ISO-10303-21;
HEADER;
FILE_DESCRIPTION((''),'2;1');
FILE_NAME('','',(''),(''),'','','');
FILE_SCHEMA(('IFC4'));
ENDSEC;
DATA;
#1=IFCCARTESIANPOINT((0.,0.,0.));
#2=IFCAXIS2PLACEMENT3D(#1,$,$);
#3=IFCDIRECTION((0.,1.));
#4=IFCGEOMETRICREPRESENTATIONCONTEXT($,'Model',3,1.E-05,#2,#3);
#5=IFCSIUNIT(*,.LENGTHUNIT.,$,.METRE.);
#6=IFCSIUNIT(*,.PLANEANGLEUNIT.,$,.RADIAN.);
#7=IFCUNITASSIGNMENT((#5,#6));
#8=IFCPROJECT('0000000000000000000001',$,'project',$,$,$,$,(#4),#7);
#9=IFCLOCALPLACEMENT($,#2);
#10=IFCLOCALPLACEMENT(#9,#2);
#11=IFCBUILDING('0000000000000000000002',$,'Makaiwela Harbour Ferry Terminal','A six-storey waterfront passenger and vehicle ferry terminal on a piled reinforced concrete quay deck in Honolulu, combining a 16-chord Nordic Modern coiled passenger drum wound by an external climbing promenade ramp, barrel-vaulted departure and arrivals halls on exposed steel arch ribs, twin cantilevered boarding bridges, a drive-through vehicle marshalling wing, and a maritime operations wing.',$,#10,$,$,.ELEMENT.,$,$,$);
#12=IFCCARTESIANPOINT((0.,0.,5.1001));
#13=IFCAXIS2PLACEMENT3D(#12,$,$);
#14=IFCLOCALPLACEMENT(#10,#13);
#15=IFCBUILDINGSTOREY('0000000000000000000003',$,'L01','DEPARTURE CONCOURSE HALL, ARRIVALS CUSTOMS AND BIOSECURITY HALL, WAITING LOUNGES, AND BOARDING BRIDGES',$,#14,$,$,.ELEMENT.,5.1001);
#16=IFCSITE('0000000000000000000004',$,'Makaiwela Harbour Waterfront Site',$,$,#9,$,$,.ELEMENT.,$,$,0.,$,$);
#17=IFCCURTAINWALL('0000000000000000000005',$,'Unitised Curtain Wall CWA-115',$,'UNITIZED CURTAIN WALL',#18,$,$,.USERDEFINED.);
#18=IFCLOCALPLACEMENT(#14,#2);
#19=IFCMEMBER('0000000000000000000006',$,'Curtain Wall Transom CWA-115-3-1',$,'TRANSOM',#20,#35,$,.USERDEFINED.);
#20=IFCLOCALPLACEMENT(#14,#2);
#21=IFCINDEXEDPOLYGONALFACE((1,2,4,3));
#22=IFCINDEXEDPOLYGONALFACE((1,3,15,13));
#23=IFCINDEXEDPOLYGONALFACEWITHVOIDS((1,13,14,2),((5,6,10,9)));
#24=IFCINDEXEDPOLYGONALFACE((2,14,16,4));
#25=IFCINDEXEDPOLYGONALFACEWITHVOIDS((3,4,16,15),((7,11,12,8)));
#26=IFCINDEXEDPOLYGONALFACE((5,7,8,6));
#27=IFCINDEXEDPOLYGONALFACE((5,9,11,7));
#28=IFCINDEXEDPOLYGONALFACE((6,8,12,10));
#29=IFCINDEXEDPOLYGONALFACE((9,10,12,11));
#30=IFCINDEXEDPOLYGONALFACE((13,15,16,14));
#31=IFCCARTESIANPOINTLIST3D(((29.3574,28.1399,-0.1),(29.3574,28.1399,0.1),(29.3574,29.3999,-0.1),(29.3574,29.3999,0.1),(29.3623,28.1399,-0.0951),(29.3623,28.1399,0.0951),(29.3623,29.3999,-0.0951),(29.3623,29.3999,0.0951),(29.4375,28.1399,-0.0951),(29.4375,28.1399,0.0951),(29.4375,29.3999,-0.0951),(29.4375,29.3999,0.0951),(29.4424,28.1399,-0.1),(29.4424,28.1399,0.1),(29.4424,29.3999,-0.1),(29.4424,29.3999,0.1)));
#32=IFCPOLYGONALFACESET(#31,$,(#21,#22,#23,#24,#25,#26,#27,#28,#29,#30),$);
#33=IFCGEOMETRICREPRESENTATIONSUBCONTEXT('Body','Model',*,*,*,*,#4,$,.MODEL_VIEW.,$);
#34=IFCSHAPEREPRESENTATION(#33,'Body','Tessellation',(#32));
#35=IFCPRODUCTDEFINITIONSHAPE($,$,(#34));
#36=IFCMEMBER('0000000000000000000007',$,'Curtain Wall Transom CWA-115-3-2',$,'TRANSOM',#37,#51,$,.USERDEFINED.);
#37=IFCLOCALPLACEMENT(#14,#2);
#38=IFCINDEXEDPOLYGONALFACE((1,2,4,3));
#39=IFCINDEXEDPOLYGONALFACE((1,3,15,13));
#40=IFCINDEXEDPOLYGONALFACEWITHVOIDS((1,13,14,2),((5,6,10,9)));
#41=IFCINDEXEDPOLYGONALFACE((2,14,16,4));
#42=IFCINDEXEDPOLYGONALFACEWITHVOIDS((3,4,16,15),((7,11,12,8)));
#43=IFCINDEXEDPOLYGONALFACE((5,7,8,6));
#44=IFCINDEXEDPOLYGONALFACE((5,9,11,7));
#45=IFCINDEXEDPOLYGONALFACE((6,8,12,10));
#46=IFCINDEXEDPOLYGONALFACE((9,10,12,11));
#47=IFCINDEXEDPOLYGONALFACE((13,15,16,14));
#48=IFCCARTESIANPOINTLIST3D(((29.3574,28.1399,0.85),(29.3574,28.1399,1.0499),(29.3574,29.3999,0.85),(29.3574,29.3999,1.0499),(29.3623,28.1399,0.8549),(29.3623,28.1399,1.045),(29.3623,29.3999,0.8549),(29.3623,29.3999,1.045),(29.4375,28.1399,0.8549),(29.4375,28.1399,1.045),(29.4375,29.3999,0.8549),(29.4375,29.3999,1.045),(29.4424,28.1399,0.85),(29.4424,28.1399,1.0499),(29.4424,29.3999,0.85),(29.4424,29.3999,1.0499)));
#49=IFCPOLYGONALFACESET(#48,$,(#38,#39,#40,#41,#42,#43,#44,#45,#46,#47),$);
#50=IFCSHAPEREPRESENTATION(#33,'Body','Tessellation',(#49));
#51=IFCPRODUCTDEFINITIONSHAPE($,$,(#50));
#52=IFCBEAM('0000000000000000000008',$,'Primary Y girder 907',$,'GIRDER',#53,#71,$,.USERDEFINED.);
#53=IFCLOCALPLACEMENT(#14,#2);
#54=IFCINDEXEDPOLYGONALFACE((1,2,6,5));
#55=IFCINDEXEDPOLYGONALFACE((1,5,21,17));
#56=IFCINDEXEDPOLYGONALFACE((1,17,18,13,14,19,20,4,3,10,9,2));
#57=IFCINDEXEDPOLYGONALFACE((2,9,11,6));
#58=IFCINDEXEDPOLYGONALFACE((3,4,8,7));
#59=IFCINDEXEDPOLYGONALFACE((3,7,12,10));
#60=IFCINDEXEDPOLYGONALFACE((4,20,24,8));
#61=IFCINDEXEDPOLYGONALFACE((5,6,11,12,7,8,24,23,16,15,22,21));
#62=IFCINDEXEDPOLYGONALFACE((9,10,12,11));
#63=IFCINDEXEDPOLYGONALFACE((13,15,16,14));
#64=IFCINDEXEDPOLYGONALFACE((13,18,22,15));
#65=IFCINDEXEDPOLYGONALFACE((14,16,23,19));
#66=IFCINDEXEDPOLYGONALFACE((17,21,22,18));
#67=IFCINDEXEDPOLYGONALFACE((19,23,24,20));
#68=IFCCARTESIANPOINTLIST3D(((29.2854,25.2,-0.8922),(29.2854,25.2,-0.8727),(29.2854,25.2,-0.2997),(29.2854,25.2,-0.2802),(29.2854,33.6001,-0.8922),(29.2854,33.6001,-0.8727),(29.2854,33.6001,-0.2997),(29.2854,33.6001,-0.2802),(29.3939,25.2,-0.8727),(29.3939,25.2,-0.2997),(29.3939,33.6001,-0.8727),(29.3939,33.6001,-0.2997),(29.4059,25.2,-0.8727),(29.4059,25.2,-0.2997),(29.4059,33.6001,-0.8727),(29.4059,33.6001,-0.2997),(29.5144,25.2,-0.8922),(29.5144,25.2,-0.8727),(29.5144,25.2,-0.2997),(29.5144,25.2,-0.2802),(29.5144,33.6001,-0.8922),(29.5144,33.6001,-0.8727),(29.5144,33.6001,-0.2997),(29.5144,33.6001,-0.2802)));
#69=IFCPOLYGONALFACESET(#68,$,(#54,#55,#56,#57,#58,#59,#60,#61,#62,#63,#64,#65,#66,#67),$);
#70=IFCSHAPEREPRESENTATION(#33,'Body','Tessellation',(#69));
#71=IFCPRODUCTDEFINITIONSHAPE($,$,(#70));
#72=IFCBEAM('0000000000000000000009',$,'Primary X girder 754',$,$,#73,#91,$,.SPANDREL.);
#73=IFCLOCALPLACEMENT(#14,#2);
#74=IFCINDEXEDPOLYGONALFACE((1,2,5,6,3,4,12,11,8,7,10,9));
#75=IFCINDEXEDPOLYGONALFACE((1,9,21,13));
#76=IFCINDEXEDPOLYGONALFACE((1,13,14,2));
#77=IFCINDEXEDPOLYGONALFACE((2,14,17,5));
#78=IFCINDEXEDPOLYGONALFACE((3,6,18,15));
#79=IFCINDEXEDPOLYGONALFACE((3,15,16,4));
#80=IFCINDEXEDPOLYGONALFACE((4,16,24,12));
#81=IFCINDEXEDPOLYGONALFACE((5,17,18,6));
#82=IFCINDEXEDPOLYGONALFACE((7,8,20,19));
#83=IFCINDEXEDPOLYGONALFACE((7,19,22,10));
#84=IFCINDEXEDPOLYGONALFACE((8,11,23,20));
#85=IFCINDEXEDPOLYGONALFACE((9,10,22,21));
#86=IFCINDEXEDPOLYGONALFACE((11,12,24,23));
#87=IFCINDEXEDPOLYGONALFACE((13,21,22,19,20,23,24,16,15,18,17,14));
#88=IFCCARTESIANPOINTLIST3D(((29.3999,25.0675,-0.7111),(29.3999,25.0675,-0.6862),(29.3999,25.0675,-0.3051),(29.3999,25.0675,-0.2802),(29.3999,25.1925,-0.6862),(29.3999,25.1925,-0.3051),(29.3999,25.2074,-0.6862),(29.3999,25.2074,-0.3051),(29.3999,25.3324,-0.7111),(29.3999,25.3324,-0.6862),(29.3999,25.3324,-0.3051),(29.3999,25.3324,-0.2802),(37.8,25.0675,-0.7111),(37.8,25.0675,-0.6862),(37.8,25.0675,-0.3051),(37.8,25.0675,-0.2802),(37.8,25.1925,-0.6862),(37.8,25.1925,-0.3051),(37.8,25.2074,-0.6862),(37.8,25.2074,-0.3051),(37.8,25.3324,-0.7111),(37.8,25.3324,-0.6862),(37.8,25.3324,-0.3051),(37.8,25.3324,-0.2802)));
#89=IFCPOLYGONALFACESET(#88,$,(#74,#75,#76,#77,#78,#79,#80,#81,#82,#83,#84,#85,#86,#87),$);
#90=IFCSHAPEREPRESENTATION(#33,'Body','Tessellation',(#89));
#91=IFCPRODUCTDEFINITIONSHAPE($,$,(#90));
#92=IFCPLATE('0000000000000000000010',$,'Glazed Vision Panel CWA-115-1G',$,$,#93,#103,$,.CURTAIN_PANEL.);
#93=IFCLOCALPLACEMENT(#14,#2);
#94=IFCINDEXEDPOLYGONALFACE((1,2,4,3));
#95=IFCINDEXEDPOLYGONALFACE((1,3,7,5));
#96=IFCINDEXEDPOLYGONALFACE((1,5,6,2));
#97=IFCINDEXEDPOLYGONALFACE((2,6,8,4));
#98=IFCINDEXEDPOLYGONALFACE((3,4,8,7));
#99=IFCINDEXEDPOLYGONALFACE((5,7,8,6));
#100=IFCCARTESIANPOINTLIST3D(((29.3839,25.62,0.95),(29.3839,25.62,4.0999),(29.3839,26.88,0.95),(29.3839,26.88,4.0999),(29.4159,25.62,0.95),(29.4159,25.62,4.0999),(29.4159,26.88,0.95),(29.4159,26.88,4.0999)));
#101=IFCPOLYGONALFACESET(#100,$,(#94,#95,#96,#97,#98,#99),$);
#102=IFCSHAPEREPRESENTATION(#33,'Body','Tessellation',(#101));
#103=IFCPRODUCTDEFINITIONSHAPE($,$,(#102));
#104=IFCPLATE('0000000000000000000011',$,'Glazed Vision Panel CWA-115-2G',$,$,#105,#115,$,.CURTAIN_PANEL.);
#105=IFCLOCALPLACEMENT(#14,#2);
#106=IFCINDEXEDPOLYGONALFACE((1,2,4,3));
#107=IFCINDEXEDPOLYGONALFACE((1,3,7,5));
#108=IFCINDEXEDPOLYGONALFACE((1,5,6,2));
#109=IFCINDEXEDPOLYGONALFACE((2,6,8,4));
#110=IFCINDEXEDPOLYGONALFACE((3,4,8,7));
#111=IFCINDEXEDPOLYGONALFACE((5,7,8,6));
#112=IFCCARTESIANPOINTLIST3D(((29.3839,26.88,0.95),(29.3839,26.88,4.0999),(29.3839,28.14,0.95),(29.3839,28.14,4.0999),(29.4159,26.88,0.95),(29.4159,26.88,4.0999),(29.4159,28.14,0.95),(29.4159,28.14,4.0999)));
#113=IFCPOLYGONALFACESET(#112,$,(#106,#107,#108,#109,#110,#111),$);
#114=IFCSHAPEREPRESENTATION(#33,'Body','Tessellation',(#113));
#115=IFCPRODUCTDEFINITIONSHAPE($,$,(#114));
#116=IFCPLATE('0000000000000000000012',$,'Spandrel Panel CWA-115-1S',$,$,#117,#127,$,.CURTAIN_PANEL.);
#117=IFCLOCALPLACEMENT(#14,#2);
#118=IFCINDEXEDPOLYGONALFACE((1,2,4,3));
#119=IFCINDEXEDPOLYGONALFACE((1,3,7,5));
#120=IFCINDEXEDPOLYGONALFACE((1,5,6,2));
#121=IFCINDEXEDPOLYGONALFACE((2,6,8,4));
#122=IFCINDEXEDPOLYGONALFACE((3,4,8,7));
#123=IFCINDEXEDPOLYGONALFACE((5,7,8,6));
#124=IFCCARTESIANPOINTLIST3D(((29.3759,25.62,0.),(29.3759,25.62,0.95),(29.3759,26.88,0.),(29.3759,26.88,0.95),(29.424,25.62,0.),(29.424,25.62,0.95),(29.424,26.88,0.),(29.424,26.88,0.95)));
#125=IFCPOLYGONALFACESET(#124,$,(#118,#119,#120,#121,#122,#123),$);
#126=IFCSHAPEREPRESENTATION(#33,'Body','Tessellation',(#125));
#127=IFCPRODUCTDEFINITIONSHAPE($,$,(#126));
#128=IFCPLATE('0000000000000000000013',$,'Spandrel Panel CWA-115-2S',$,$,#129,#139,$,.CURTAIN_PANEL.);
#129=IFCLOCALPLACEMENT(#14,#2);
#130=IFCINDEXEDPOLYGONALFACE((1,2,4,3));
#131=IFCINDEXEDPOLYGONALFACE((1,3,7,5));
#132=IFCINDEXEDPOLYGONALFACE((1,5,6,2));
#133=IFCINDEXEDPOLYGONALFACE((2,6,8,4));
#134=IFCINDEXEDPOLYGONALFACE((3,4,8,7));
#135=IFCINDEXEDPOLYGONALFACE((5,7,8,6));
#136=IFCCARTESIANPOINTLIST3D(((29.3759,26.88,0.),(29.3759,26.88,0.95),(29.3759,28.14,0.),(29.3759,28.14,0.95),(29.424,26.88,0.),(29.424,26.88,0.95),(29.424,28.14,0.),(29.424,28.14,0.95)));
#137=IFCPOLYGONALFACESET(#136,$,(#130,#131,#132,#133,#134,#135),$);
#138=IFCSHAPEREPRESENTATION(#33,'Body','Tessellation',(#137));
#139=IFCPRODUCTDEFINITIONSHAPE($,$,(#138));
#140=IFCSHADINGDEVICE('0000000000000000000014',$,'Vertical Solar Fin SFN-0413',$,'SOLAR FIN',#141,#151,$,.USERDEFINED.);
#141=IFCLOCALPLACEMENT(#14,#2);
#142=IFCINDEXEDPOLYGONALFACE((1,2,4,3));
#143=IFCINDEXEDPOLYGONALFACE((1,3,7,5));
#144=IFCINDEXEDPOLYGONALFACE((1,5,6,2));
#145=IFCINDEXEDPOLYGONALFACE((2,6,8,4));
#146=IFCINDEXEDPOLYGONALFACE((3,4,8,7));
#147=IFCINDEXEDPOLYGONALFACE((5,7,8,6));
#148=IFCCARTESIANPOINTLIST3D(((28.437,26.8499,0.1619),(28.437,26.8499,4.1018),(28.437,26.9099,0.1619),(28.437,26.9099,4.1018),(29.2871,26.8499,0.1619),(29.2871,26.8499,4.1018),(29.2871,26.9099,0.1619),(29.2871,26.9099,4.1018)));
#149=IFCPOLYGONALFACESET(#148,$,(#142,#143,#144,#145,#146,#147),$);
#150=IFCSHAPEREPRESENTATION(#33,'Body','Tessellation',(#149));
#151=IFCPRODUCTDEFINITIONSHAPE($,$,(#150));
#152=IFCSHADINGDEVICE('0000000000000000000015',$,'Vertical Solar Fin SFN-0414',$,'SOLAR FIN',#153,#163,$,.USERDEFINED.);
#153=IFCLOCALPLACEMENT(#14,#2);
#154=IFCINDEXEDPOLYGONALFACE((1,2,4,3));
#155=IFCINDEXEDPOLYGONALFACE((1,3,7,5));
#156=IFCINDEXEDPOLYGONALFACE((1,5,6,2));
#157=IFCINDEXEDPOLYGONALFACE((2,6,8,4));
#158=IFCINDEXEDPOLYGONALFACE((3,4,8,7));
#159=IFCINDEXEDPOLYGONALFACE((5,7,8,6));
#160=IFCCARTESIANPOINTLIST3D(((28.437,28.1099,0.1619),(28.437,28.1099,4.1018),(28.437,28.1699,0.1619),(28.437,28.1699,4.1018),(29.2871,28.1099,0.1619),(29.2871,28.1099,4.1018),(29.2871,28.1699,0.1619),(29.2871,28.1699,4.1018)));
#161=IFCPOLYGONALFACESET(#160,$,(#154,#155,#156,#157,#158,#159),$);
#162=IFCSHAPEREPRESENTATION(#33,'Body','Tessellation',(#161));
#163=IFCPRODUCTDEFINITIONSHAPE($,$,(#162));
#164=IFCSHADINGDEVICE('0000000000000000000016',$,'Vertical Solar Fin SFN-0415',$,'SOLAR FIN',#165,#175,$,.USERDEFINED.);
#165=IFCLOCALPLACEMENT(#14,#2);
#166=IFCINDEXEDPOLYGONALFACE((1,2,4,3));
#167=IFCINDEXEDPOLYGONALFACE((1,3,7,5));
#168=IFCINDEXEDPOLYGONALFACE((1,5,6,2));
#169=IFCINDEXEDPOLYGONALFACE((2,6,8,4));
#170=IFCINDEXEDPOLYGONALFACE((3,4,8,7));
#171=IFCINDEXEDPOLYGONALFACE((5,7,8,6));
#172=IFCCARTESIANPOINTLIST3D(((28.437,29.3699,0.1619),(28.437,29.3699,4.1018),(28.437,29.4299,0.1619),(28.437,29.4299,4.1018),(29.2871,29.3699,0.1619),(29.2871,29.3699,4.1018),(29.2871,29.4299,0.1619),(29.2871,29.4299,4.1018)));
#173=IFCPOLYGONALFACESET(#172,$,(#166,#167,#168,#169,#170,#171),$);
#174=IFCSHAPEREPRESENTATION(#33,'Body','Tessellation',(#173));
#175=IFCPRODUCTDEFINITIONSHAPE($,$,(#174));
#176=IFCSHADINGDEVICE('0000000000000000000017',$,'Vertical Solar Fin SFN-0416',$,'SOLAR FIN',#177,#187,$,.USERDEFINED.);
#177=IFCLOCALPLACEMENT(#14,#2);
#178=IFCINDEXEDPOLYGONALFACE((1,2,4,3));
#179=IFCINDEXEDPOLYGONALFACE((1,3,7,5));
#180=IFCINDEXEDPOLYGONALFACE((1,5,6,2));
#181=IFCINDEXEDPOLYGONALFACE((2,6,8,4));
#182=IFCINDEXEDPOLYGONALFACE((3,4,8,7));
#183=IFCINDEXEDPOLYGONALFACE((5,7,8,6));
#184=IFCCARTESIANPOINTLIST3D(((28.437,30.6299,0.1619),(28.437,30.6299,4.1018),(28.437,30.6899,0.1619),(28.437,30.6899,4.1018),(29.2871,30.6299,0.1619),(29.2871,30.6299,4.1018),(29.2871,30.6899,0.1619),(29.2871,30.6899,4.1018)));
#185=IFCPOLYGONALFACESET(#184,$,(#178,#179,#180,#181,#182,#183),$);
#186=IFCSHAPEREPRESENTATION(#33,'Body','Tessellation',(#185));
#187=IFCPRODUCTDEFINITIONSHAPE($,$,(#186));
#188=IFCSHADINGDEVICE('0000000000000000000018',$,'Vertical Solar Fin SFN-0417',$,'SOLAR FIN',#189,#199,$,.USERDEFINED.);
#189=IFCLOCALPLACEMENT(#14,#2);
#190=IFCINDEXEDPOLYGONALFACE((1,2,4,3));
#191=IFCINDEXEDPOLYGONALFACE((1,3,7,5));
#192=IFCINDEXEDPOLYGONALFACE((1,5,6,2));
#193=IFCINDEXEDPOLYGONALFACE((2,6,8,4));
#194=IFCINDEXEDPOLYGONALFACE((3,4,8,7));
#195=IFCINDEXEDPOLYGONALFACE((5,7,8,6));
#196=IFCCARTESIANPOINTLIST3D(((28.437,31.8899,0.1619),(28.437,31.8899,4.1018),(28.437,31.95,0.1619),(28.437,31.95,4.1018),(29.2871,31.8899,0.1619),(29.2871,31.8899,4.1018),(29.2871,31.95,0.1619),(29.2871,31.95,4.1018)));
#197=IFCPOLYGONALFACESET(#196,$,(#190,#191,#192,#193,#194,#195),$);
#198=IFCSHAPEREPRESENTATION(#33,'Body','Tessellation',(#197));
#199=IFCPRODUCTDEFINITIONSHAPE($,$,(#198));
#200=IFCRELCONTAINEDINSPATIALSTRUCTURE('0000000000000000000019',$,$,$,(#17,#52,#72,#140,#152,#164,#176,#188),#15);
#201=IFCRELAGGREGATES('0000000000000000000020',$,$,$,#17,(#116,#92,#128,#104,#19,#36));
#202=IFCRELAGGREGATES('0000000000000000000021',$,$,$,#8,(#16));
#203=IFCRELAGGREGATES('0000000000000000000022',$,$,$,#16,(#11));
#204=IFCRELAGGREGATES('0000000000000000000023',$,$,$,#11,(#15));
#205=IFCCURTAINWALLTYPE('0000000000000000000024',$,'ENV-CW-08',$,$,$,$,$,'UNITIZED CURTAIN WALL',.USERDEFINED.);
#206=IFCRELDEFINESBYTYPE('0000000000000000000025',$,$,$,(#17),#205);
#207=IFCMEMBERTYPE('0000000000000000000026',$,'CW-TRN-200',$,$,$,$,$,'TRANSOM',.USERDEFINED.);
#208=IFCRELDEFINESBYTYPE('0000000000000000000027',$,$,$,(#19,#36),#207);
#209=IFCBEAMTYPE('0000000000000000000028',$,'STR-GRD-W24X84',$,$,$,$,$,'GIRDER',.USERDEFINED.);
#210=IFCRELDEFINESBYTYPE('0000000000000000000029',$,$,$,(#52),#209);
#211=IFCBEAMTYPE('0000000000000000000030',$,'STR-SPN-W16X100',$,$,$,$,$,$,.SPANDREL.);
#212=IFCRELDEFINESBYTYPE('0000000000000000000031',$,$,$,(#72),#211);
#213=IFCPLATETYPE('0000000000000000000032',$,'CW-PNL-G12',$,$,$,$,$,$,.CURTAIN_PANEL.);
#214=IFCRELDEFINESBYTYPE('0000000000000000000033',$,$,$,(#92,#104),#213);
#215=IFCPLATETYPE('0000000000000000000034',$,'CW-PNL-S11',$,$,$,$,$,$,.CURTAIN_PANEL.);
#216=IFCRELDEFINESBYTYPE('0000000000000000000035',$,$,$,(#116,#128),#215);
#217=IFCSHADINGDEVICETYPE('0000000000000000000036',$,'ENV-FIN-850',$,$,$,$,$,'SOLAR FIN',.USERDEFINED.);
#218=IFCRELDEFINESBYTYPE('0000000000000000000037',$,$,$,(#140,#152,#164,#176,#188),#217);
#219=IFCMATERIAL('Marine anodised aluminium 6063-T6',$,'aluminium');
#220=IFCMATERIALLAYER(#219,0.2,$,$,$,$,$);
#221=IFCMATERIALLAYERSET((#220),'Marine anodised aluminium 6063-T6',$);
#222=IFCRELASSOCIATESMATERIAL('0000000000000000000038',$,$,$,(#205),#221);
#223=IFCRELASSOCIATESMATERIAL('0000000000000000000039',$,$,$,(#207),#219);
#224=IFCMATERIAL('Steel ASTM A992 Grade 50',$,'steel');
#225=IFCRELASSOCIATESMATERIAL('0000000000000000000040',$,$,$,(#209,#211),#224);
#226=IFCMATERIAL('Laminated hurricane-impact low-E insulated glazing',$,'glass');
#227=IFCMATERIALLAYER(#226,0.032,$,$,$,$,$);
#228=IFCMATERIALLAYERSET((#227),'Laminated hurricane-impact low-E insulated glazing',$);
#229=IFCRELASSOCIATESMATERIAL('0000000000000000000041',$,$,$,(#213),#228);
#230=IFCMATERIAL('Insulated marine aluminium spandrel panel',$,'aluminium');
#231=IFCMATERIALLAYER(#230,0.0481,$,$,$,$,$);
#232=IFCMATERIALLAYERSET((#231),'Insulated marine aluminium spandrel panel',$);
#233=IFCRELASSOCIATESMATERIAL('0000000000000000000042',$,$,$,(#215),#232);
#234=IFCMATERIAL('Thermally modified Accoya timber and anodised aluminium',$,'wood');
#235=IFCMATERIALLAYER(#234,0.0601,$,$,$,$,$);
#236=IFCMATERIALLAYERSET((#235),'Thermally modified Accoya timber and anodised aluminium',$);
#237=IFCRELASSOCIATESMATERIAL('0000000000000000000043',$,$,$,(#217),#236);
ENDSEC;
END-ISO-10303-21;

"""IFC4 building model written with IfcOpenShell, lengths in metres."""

from ifc_helpers import new_model, si_unit, direction, frame, origin, origin_2d, place, context, subcontext, project, spatial, rectangle, hollow_rectangle, i_section, extrude, material, layer, layer_set, material_profile, profile_set, type_object, element, aggregate, save


model = new_model("IFC4")

# Units and contexts
model_context = context("Model", 3, precision=1e-05, world=origin(), true_north=direction((0.0, 1.0)))
body_context = subcontext(model_context, "Body", "Model", "MODEL_VIEW")
ifc_project = project(units=[si_unit("LENGTHUNIT", "METRE"), si_unit("PLANEANGLEUNIT", "RADIAN")], contexts=[model_context])

# Site, building, storey
site_placement = place(None, origin())
site = spatial("IfcSite", under=ifc_project, at=site_placement, Name="Makaiwela Harbour Waterfront Site", CompositionType="ELEMENT", RefElevation=0.0)
building_placement = place(site_placement, origin())
building = spatial("IfcBuilding", under=site, at=building_placement, Name="Makaiwela Harbour Ferry Terminal", Description="A six-storey waterfront passenger and vehicle ferry terminal on a piled reinforced concrete quay deck in Honolulu, combining a 16-chord Nordic Modern coiled passenger drum wound by an external climbing promenade ramp, barrel-vaulted departure and arrivals halls on exposed steel arch ribs, twin cantilevered boarding bridges, a drive-through vehicle marshalling wing, and a maritime operations wing.", CompositionType="ELEMENT")
storey_placement = place(building_placement, frame((0.0, 0.0, 5.1001)))
storey = spatial("IfcBuildingStorey", under=building, at=storey_placement, Name="L01", Description="DEPARTURE CONCOURSE HALL, ARRIVALS CUSTOMS AND BIOSECURITY HALL, WAITING LOUNGES, AND BOARDING BRIDGES", CompositionType="ELEMENT", Elevation=5.1001)

# Shared definitions
ifc_material_1 = material(Name="Steel ASTM A992 Grade 50", Category="steel")

# Curtain wall, members
ifc_material_2 = material(Name="Marine anodised aluminium 6063-T6", Category="aluminium")
ifc_layer_1 = layer(ifc_material_2, 0.2)
ifc_layer_set_1 = layer_set([ifc_layer_1], Name="Marine anodised aluminium 6063-T6")
curtain_wall_type = type_object("IfcCurtainWallType", Name="ENV-CW-08", ElementType="UNITIZED CURTAIN WALL", PredefinedType="USERDEFINED", material=ifc_layer_set_1)
curtain_wall_placement = place(storey_placement, origin())
curtain_wall = element("IfcCurtainWall", 1, at=curtain_wall_placement, inside=storey, type_object=curtain_wall_type, Name="Unitised Curtain Wall CWA-115", ObjectType="UNITIZED CURTAIN WALL", PredefinedType="USERDEFINED")
ifc_material_profile_1 = material_profile(ifc_material_2, hollow_rectangle(XDim=0.085, YDim=0.2, WallThickness=0.0049, at=origin_2d()), Name="CWT-200X85")
ifc_profile_set_1 = profile_set([ifc_material_profile_1], Name="Marine anodised aluminium 6063-T6")
member_type_1 = type_object("IfcMemberType", Name="CW-TRN-200", ElementType="TRANSOM", PredefinedType="USERDEFINED", material=ifc_profile_set_1)
member_1_placement = place(storey_placement, frame((29.3999, 28.1399, 0.0), z_axis=(0.0, 1.0, 0.0), x_axis=(-1.0, 0.0, 0.0)))
member_1 = element("IfcMember", 2, at=member_1_placement, type_object=member_type_1, Name="Curtain Wall Transom CWA-115-3-1", ObjectType="TRANSOM", PredefinedType="USERDEFINED", context=body_context, shape_type="SweptSolid", body=[
    extrude(hollow_rectangle(XDim=0.085, YDim=0.2, WallThickness=0.0049, at=origin_2d()), origin(), (0.0, 0.0, 1.0), 1.26),
])
member_2_placement = place(storey_placement, frame((29.3999, 28.1399, 0.95), z_axis=(0.0, 1.0, 0.0), x_axis=(-1.0, 0.0, 0.0)))
member_2 = element("IfcMember", 3, at=member_2_placement, type_object=member_type_1, Name="Curtain Wall Transom CWA-115-3-2", ObjectType="TRANSOM", PredefinedType="USERDEFINED", context=body_context, shape_type="SweptSolid", body=[
    extrude(hollow_rectangle(XDim=0.085, YDim=0.2, WallThickness=0.0049, at=origin_2d()), origin(), (0.0, 0.0, 1.0), 1.26),
])

# Beams
ifc_material_profile_2 = material_profile(ifc_material_1, i_section(OverallWidth=0.229, OverallDepth=0.6121, WebThickness=0.012, FlangeThickness=0.0195, at=origin_2d()), Name="W24X84")
ifc_profile_set_2 = profile_set([ifc_material_profile_2], Name="Steel ASTM A992 Grade 50")
beam_type_1 = type_object("IfcBeamType", Name="STR-GRD-W24X84", ElementType="GIRDER", PredefinedType="USERDEFINED", material=ifc_profile_set_2)
beam_1_placement = place(storey_placement, frame((29.3999, 25.2, -0.5862), z_axis=(0.0, 1.0, 0.0), x_axis=(-1.0, 0.0, 0.0)))
element("IfcBeam", 4, at=beam_1_placement, inside=storey, type_object=beam_type_1, Name="Primary Y girder 907", ObjectType="GIRDER", PredefinedType="USERDEFINED", context=body_context, shape_type="SweptSolid", body=[
    extrude(i_section(OverallWidth=0.229, OverallDepth=0.6121, WebThickness=0.012, FlangeThickness=0.0195, at=origin_2d()), origin(), (0.0, 0.0, 1.0), 8.4001),
])
ifc_material_profile_3 = material_profile(ifc_material_1, i_section(OverallWidth=0.2649, OverallDepth=0.4309, WebThickness=0.0149, FlangeThickness=0.0249, at=origin_2d()), Name="W16X100")
ifc_profile_set_3 = profile_set([ifc_material_profile_3], Name="Steel ASTM A992 Grade 50")
beam_type_2 = type_object("IfcBeamType", Name="STR-SPN-W16X100", PredefinedType="SPANDREL", material=ifc_profile_set_3)
beam_2_placement = place(storey_placement, frame((29.3999, 25.2, -0.4956), z_axis=(1.0, 0.0, 0.0), x_axis=(0.0, 1.0, 0.0)))
element("IfcBeam", 5, at=beam_2_placement, inside=storey, type_object=beam_type_2, Name="Primary X girder 754", PredefinedType="SPANDREL", context=body_context, shape_type="SweptSolid", body=[
    extrude(i_section(OverallWidth=0.2649, OverallDepth=0.4309, WebThickness=0.0149, FlangeThickness=0.0249, at=origin_2d()), origin(), (0.0, 0.0, 1.0), 8.4001),
])

# Plates
ifc_material_3 = material(Name="Laminated hurricane-impact low-E insulated glazing", Category="glass")
ifc_layer_2 = layer(ifc_material_3, 0.032)
ifc_layer_set_2 = layer_set([ifc_layer_2], Name="Laminated hurricane-impact low-E insulated glazing")
plate_type_1 = type_object("IfcPlateType", Name="CW-PNL-G12", PredefinedType="CURTAIN_PANEL", material=ifc_layer_set_2)
plate_1_placement = place(storey_placement, frame((29.3999, 26.25, 0.95), z_axis=(0.0, 0.0, 1.0), x_axis=(0.0, 1.0, 0.0)))
plate_1 = element("IfcPlate", 6, at=plate_1_placement, type_object=plate_type_1, Name="Glazed Vision Panel CWA-115-1G", PredefinedType="CURTAIN_PANEL", context=body_context, shape_type="SweptSolid", body=[
    extrude(rectangle(XDim=1.26, YDim=0.032, at=origin_2d()), origin(), (0.0, 0.0, 1.0), 3.1499),
])
plate_2_placement = place(storey_placement, frame((29.3999, 27.51, 0.95), z_axis=(0.0, 0.0, 1.0), x_axis=(0.0, 1.0, 0.0)))
plate_2 = element("IfcPlate", 7, at=plate_2_placement, type_object=plate_type_1, Name="Glazed Vision Panel CWA-115-2G", PredefinedType="CURTAIN_PANEL", context=body_context, shape_type="SweptSolid", body=[
    extrude(rectangle(XDim=1.26, YDim=0.032, at=origin_2d()), origin(), (0.0, 0.0, 1.0), 3.1499),
])
ifc_material_4 = material(Name="Insulated marine aluminium spandrel panel", Category="aluminium")
ifc_layer_3 = layer(ifc_material_4, 0.0481)
ifc_layer_set_3 = layer_set([ifc_layer_3], Name="Insulated marine aluminium spandrel panel")
plate_type_2 = type_object("IfcPlateType", Name="CW-PNL-S11", PredefinedType="CURTAIN_PANEL", material=ifc_layer_set_3)
plate_3_placement = place(storey_placement, frame((29.3999, 26.25, 0.0), z_axis=(0.0, 0.0, 1.0), x_axis=(0.0, 1.0, 0.0)))
plate_3 = element("IfcPlate", 8, at=plate_3_placement, type_object=plate_type_2, Name="Spandrel Panel CWA-115-1S", PredefinedType="CURTAIN_PANEL", context=body_context, shape_type="SweptSolid", body=[
    extrude(rectangle(XDim=1.26, YDim=0.0481, at=origin_2d()), origin(), (0.0, 0.0, 1.0), 0.95),
])
plate_4_placement = place(storey_placement, frame((29.3999, 27.51, 0.0), z_axis=(0.0, 0.0, 1.0), x_axis=(0.0, 1.0, 0.0)))
plate_4 = element("IfcPlate", 9, at=plate_4_placement, type_object=plate_type_2, Name="Spandrel Panel CWA-115-2S", PredefinedType="CURTAIN_PANEL", context=body_context, shape_type="SweptSolid", body=[
    extrude(rectangle(XDim=1.26, YDim=0.0481, at=origin_2d()), origin(), (0.0, 0.0, 1.0), 0.95),
])
aggregate(curtain_wall, [plate_3, plate_1, plate_4, plate_2, member_1, member_2])

# Shading devices
ifc_material_5 = material(Name="Thermally modified Accoya timber and anodised aluminium", Category="wood")
ifc_layer_4 = layer(ifc_material_5, 0.0601)
ifc_layer_set_4 = layer_set([ifc_layer_4], Name="Thermally modified Accoya timber and anodised aluminium")
shading_device_type = type_object("IfcShadingDeviceType", Name="ENV-FIN-850", ElementType="SOLAR FIN", PredefinedType="USERDEFINED", material=ifc_layer_set_4)
for number, where, z_axis, x_axis, name in (
    (10, (28.8621, 26.8799, 0.1619), (0.0, 0.0, 1.0), (-1.0, 0.0, 0.0), "Vertical Solar Fin SFN-0413"),
    (11, (28.8621, 28.1399, 0.1619), (0.0, 0.0, 1.0), (-1.0, 0.0, 0.0), "Vertical Solar Fin SFN-0414"),
    (12, (28.8621, 29.3999, 0.1619), (0.0, 0.0, 1.0), (-1.0, 0.0, 0.0), "Vertical Solar Fin SFN-0415"),
    (13, (28.8621, 30.6599, 0.1619), (0.0, 0.0, 1.0), (-1.0, 0.0, 0.0), "Vertical Solar Fin SFN-0416"),
    (14, (28.8621, 31.9199, 0.1619), (0.0, 0.0, 1.0), (-1.0, 0.0, 0.0), "Vertical Solar Fin SFN-0417"),
):
    element("IfcShadingDevice", number, at=place(storey_placement, frame(where, z_axis=z_axis, x_axis=x_axis)), inside=storey, type_object=shading_device_type, Name=name, ObjectType="SOLAR FIN", PredefinedType="USERDEFINED", context=body_context, shape_type="SweptSolid", body=[
        extrude(rectangle(XDim=0.8501, YDim=0.0601, at=origin_2d()), origin(), (0.0, 0.0, 1.0), 3.9399),
    ])

save(model, "model.ifc")
